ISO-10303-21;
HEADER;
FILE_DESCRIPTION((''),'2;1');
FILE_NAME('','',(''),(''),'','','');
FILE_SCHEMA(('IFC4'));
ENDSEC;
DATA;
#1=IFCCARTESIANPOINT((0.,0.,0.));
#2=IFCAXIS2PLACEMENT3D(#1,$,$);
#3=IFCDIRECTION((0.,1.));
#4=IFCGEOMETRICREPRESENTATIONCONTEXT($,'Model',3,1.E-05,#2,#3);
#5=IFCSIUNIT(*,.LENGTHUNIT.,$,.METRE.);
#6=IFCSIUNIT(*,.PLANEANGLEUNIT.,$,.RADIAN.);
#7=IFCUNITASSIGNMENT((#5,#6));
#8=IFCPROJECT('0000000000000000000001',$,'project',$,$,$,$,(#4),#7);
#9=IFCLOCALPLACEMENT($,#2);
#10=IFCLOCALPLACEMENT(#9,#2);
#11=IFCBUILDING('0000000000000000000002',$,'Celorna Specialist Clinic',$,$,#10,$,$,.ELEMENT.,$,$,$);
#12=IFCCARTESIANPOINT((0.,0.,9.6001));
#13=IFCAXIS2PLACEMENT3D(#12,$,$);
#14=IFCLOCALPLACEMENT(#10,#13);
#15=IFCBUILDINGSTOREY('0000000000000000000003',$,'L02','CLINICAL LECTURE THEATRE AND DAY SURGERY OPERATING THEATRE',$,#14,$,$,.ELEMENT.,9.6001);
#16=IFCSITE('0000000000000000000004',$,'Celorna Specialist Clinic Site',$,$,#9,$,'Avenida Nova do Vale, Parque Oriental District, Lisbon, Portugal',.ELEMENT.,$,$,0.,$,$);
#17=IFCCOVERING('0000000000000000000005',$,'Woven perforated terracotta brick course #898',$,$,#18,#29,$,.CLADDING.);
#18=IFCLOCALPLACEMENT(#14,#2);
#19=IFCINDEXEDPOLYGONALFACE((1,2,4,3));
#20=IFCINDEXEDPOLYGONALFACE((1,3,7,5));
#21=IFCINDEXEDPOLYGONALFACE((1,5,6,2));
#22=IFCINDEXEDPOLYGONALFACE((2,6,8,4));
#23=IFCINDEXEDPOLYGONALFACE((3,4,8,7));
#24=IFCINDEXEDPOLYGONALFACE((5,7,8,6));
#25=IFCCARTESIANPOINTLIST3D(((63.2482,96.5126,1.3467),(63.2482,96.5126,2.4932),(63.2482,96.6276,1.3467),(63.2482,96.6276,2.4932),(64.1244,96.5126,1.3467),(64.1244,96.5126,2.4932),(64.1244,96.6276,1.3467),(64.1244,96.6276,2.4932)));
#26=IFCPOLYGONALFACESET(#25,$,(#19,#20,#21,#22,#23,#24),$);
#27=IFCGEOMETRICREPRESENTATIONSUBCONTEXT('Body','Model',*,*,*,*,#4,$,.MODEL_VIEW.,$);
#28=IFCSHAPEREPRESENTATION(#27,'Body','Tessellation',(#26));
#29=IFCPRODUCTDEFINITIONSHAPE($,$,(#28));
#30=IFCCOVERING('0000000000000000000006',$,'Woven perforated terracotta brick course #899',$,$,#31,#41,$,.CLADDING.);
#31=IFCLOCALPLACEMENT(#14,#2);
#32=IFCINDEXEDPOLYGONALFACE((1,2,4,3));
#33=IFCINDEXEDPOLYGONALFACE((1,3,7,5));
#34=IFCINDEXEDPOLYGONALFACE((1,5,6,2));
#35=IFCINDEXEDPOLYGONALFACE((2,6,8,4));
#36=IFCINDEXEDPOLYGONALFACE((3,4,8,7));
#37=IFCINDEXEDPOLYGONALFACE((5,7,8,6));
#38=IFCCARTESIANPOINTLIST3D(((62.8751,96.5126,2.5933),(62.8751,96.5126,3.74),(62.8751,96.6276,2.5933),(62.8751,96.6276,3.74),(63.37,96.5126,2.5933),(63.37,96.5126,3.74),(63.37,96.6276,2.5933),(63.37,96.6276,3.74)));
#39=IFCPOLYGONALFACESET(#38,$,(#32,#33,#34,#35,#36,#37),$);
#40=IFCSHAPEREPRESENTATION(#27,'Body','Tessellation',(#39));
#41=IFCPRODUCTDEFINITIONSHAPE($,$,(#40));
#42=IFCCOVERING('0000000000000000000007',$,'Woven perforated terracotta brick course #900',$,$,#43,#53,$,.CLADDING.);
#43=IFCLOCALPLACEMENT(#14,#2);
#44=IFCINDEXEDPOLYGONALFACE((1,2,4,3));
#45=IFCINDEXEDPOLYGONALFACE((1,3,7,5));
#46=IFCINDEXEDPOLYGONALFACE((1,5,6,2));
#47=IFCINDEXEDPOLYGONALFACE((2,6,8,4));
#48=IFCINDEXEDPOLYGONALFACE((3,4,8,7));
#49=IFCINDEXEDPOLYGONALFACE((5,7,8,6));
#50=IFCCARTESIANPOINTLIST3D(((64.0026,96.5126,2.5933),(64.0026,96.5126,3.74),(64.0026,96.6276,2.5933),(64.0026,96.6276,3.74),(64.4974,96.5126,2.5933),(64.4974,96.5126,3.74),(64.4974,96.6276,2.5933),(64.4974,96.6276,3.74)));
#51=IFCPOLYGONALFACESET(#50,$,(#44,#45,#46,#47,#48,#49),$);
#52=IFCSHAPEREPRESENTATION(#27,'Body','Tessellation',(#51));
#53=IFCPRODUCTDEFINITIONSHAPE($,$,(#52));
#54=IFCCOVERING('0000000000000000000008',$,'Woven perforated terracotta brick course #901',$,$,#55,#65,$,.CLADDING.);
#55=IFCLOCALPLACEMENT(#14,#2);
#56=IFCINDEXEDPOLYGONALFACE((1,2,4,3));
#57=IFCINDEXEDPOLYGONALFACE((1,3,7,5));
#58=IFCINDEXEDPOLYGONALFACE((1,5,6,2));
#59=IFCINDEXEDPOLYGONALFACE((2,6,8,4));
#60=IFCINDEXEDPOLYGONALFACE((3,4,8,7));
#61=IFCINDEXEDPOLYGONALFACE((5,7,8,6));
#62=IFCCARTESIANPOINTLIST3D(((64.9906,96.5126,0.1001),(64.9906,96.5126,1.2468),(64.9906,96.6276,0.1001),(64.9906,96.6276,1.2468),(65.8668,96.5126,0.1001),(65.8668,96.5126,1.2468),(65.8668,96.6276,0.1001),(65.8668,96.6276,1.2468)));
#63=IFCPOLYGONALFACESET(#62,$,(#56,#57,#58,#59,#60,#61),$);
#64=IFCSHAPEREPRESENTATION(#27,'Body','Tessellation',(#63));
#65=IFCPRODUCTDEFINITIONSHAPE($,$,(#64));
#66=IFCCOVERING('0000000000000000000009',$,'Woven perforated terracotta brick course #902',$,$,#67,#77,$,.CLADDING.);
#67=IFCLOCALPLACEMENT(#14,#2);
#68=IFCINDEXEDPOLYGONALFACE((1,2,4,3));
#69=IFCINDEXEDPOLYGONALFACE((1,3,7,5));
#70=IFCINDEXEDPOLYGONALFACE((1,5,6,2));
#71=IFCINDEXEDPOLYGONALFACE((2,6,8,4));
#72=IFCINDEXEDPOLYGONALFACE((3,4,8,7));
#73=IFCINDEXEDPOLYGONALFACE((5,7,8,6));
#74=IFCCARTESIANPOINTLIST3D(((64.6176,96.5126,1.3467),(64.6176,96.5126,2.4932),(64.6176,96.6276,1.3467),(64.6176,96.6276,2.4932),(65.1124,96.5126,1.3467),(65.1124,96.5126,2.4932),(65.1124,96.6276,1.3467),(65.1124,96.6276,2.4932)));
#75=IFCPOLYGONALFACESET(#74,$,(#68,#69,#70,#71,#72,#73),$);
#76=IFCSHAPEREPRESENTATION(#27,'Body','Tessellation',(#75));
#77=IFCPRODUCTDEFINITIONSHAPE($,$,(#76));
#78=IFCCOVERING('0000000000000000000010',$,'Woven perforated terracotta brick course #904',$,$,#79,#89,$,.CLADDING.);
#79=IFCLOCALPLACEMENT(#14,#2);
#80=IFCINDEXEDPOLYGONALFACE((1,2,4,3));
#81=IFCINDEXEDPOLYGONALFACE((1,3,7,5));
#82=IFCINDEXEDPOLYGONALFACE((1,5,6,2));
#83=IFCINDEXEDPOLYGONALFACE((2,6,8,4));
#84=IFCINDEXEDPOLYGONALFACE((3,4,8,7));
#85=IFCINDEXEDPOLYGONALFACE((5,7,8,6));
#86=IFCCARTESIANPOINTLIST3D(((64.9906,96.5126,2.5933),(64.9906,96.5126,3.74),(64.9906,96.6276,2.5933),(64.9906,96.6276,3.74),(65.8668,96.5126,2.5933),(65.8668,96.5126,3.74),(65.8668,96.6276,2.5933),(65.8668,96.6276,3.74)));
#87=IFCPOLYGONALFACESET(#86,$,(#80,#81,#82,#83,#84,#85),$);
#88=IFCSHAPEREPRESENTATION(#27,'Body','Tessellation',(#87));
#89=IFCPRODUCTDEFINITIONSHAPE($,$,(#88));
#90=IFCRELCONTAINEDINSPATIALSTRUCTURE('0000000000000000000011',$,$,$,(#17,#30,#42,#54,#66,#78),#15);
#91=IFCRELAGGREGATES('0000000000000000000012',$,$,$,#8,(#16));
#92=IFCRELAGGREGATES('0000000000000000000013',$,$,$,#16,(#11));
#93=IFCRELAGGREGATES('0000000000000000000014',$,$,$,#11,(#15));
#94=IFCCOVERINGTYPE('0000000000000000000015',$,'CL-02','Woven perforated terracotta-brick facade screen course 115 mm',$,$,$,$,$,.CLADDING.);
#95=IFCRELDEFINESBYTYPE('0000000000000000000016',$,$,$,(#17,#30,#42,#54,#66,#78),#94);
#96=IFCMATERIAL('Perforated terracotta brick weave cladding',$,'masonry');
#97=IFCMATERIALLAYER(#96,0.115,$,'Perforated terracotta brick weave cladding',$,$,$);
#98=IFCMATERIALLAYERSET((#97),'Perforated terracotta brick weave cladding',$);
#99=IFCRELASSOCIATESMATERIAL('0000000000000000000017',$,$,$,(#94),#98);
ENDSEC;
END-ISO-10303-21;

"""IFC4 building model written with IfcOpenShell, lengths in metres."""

from ifc_helpers import new_model, si_unit, direction, frame, origin, origin_2d, place, context, subcontext, project, spatial, rectangle, extrude, material, layer, layer_set, type_object, element, save


model = new_model("IFC4")

# Units and contexts
model_context = context("Model", 3, precision=1e-05, world=origin(), true_north=direction((0.0, 1.0)))
body_context = subcontext(model_context, "Body", "Model", "MODEL_VIEW")
ifc_project = project(units=[si_unit("LENGTHUNIT", "METRE"), si_unit("PLANEANGLEUNIT", "RADIAN")], contexts=[model_context])

# Site, building, storey
site_placement = place(None, origin())
site = spatial("IfcSite", under=ifc_project, at=site_placement, Name="Celorna Specialist Clinic Site", LongName="Avenida Nova do Vale, Parque Oriental District, Lisbon, Portugal", CompositionType="ELEMENT", RefElevation=0.0)
building_placement = place(site_placement, origin())
building = spatial("IfcBuilding", under=site, at=building_placement, Name="Celorna Specialist Clinic", CompositionType="ELEMENT")
storey_placement = place(building_placement, frame((0.0, 0.0, 9.6001)))
storey = spatial("IfcBuildingStorey", under=building, at=storey_placement, Name="L02", Description="CLINICAL LECTURE THEATRE AND DAY SURGERY OPERATING THEATRE", CompositionType="ELEMENT", Elevation=9.6001)

# Coverings
ifc_material_1 = material(Name="Perforated terracotta brick weave cladding", Category="masonry")
ifc_layer_1 = layer(ifc_material_1, 0.115, Name="Perforated terracotta brick weave cladding")
ifc_layer_set_1 = layer_set([ifc_layer_1], Name="Perforated terracotta brick weave cladding")
covering_type = type_object("IfcCoveringType", Name="CL-02", Description="Woven perforated terracotta-brick facade screen course 115 mm", PredefinedType="CLADDING", material=ifc_layer_set_1)
covering_1_placement = place(storey_placement, frame((63.6863, 96.5701, 1.3467), z_axis=(0.0, 0.0, 1.0), x_axis=(1.0, 0.0, 0.0)))
element("IfcCovering", 1, at=covering_1_placement, inside=storey, type_object=covering_type, Name="Woven perforated terracotta brick course #898", PredefinedType="CLADDING", context=body_context, shape_type="SweptSolid", body=[
    extrude(rectangle(XDim=0.8762, YDim=0.115, at=origin_2d()), origin(), (0.0, 0.0, 1.0), 1.1465),
])
for number, where, z_axis, x_axis, name in (
    (2, (63.1226, 96.5701, 2.5933), (0.0, 0.0, 1.0), (1.0, 0.0, 0.0), "Woven perforated terracotta brick course #899"),
    (3, (64.25, 96.5701, 2.5933), (0.0, 0.0, 1.0), (1.0, 0.0, 0.0), "Woven perforated terracotta brick course #900"),
):
    element("IfcCovering", number, at=place(storey_placement, frame(where, z_axis=z_axis, x_axis=x_axis)), inside=storey, type_object=covering_type, Name=name, PredefinedType="CLADDING", context=body_context, shape_type="SweptSolid", body=[
        extrude(rectangle(XDim=0.4949, YDim=0.115, at=origin_2d()), origin(), (0.0, 0.0, 1.0), 1.1467),
    ])
covering_2_placement = place(storey_placement, frame((65.4287, 96.5701, 0.1001), z_axis=(0.0, 0.0, 1.0), x_axis=(1.0, 0.0, 0.0)))
element("IfcCovering", 4, at=covering_2_placement, inside=storey, type_object=covering_type, Name="Woven perforated terracotta brick course #901", PredefinedType="CLADDING", context=body_context, shape_type="SweptSolid", body=[
    extrude(rectangle(XDim=0.8762, YDim=0.115, at=origin_2d()), origin(), (0.0, 0.0, 1.0), 1.1467),
])
covering_3_placement = place(storey_placement, frame((64.865, 96.5701, 1.3467), z_axis=(0.0, 0.0, 1.0), x_axis=(1.0, 0.0, 0.0)))
element("IfcCovering", 5, at=covering_3_placement, inside=storey, type_object=covering_type, Name="Woven perforated terracotta brick course #902", PredefinedType="CLADDING", context=body_context, shape_type="SweptSolid", body=[
    extrude(rectangle(XDim=0.4949, YDim=0.115, at=origin_2d()), origin(), (0.0, 0.0, 1.0), 1.1465),
])
covering_4_placement = place(storey_placement, frame((65.4287, 96.5701, 2.5933), z_axis=(0.0, 0.0, 1.0), x_axis=(1.0, 0.0, 0.0)))
element("IfcCovering", 6, at=covering_4_placement, inside=storey, type_object=covering_type, Name="Woven perforated terracotta brick course #904", PredefinedType="CLADDING", context=body_context, shape_type="SweptSolid", body=[
    extrude(rectangle(XDim=0.8762, YDim=0.115, at=origin_2d()), origin(), (0.0, 0.0, 1.0), 1.1467),
])

save(model, "model.ifc")
